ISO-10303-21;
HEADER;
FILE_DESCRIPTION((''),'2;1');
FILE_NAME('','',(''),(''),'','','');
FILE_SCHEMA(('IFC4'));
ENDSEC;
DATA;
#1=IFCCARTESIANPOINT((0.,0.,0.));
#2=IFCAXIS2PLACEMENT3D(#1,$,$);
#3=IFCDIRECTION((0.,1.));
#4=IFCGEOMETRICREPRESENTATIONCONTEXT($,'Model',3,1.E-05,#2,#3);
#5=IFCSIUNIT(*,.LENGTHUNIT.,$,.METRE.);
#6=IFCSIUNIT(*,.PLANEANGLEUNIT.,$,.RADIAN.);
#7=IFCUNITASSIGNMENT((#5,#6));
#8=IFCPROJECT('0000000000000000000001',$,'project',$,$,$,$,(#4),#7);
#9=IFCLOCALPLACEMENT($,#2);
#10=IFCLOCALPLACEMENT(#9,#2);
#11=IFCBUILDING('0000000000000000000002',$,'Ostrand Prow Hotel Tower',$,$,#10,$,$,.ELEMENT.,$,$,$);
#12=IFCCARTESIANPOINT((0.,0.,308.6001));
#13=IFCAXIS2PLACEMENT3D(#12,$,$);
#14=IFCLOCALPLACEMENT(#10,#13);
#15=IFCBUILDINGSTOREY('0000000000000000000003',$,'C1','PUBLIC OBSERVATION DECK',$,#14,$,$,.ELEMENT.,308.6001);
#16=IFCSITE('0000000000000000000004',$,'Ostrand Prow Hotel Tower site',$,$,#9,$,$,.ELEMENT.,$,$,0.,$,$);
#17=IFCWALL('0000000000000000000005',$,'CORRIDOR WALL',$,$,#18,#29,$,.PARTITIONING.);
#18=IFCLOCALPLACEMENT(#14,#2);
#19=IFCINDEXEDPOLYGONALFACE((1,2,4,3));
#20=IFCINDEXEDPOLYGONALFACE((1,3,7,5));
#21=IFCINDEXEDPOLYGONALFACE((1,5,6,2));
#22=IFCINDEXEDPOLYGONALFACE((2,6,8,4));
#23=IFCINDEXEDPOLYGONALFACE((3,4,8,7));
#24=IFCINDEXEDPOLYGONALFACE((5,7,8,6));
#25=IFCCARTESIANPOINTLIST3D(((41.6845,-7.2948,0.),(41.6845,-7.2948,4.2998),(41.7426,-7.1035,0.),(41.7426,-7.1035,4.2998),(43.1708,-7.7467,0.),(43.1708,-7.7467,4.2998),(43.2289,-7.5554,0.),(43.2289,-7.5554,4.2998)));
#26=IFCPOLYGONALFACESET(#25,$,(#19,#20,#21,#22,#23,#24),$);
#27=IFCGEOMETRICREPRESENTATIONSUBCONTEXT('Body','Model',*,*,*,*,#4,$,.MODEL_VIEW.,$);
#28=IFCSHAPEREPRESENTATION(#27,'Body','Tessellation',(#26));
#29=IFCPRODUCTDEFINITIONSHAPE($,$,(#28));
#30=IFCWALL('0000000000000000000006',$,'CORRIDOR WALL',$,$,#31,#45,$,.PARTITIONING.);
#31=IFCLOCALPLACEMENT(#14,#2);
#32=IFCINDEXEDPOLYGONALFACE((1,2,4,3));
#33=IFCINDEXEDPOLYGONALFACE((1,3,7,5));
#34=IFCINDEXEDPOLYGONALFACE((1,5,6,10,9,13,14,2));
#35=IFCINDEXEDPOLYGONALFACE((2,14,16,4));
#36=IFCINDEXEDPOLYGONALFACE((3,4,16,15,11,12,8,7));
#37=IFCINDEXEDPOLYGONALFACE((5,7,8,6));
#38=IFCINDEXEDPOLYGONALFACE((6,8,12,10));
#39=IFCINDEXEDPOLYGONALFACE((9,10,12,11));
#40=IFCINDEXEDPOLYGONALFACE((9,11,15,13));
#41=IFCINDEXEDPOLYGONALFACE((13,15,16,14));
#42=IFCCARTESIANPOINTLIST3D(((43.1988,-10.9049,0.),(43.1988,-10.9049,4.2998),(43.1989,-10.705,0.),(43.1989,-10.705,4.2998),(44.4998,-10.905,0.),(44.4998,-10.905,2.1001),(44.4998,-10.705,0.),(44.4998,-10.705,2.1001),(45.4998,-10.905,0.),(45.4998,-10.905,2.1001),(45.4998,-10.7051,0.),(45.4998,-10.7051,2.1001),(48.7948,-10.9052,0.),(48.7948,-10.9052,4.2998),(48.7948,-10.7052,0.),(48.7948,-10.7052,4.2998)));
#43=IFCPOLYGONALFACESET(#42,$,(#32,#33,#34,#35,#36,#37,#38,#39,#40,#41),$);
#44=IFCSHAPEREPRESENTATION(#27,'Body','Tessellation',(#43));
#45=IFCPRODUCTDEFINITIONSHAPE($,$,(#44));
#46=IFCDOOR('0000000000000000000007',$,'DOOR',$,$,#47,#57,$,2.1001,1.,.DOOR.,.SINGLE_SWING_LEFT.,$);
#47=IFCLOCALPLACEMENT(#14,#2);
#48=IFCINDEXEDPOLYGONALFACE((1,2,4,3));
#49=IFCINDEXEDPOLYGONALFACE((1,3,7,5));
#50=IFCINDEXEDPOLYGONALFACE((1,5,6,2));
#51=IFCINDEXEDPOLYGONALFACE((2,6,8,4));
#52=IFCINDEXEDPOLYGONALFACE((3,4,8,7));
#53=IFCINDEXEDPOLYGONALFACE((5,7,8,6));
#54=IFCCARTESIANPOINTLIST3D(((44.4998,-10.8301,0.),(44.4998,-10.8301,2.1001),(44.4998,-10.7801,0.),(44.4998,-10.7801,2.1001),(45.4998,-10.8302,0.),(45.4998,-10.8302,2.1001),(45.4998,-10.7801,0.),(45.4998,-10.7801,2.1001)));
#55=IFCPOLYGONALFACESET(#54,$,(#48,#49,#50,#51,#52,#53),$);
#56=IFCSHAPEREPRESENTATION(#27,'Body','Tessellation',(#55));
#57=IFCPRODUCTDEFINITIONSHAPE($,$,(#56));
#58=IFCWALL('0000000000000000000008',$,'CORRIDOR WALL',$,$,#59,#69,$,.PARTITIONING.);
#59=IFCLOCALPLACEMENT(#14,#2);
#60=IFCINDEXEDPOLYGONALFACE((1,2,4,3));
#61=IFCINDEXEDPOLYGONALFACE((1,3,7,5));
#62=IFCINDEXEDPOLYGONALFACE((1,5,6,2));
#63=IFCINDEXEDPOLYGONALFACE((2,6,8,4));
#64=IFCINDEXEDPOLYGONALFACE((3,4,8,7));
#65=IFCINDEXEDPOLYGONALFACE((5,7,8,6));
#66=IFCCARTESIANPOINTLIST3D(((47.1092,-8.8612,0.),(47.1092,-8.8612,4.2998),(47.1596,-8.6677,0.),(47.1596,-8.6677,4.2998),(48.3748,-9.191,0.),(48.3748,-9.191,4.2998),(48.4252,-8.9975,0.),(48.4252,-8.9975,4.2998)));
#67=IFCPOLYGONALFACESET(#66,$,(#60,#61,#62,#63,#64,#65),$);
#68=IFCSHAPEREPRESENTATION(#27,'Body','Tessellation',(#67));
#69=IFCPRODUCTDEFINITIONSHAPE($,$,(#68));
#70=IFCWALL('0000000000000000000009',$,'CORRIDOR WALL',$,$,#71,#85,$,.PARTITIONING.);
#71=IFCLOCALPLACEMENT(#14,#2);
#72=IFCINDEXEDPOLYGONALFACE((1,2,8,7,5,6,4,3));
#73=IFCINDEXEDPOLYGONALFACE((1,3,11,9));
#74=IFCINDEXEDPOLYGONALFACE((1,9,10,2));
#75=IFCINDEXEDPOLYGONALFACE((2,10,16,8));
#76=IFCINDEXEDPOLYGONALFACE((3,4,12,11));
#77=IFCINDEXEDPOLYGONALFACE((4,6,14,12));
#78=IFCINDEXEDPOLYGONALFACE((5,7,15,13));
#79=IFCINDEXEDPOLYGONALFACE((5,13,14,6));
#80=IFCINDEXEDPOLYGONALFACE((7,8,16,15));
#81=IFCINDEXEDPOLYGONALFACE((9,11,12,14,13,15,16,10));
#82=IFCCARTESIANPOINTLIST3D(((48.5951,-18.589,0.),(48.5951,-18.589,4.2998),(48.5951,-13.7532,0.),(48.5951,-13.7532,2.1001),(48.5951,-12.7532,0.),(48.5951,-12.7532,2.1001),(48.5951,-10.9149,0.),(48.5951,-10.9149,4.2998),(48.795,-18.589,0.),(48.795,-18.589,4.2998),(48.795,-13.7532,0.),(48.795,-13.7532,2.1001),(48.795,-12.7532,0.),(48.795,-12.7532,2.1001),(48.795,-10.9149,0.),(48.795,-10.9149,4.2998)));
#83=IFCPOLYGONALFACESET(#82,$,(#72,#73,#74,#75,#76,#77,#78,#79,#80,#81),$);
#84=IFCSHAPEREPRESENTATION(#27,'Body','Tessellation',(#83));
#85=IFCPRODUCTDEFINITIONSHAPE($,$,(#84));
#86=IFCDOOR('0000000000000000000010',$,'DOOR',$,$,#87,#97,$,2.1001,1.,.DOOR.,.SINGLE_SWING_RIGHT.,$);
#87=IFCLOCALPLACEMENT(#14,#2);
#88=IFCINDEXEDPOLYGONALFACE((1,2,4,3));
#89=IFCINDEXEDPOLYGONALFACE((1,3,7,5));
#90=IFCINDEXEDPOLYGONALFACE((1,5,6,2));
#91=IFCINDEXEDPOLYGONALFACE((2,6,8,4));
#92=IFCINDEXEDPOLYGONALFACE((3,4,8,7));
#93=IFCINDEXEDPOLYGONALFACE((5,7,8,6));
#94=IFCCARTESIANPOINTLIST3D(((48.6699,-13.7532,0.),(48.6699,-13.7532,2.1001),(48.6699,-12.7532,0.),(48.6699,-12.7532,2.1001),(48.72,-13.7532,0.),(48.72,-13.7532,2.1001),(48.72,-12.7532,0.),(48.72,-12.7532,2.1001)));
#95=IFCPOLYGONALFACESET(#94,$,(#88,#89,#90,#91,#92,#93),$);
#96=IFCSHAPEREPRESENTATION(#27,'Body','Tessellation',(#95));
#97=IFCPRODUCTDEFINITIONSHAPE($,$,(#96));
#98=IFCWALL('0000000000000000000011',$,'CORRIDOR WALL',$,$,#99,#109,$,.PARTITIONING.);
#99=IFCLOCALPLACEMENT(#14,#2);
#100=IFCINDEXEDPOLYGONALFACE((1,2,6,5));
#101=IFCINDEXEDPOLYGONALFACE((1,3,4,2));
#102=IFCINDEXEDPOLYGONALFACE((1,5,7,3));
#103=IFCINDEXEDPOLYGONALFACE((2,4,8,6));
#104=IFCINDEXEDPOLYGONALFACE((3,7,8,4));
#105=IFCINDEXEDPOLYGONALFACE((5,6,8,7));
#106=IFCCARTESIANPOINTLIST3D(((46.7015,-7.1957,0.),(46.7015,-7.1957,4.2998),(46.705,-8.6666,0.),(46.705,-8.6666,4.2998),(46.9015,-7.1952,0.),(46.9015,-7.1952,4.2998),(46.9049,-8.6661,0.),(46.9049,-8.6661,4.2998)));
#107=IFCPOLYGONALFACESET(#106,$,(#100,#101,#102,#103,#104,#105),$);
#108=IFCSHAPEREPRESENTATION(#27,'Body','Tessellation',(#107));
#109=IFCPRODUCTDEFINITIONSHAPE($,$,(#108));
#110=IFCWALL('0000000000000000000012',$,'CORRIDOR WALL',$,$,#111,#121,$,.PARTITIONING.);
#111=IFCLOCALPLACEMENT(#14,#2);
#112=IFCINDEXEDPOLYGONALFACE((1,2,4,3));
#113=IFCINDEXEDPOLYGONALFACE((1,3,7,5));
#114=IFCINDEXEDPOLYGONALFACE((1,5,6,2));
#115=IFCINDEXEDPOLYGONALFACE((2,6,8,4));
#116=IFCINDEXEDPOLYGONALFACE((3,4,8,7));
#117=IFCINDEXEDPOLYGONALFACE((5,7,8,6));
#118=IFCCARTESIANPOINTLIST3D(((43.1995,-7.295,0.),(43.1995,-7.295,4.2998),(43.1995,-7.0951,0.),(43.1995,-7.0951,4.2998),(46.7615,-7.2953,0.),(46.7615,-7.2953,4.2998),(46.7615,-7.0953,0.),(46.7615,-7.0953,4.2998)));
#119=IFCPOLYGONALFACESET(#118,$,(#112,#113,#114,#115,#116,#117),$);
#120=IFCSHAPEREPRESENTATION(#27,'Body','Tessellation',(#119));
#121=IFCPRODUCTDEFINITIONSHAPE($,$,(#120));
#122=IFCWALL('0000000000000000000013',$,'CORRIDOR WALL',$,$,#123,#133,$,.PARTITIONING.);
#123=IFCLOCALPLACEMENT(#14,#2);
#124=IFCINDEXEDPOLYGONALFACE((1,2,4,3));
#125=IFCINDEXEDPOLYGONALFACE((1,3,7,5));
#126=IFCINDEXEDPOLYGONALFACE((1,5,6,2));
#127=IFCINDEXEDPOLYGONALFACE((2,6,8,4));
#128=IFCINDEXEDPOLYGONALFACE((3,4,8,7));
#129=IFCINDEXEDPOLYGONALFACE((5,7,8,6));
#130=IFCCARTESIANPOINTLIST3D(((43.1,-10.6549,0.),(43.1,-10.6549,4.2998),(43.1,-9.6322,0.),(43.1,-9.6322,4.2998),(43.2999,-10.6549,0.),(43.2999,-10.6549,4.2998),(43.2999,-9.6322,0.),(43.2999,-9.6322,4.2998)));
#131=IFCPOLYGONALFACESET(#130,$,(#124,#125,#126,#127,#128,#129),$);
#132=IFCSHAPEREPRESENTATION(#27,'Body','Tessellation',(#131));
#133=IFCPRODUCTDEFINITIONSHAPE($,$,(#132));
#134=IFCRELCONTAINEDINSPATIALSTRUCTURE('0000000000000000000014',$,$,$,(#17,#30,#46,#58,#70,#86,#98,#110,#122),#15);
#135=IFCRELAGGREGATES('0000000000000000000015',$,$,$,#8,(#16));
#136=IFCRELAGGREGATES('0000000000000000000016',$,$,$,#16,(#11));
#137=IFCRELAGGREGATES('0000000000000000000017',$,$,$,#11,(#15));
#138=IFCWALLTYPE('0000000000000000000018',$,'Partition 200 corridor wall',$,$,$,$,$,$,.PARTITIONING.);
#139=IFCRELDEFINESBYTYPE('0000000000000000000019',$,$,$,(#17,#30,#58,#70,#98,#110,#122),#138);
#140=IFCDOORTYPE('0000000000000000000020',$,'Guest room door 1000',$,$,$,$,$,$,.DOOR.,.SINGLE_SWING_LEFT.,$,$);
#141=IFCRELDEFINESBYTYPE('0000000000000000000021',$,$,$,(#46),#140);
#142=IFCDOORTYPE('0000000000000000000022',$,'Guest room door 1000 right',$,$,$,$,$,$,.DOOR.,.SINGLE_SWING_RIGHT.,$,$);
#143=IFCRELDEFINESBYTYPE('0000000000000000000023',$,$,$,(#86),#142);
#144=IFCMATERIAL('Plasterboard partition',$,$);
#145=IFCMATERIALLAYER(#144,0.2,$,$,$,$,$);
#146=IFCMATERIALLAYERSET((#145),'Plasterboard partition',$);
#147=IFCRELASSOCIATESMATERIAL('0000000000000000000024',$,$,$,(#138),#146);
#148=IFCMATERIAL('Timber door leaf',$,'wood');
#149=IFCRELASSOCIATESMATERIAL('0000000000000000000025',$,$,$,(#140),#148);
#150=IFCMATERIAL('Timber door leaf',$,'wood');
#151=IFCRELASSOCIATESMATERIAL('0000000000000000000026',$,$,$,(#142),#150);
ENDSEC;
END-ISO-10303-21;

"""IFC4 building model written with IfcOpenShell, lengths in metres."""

from ifc_helpers import new_model, si_unit, direction, frame, frame_2d, origin, place, context, subcontext, project, spatial, rectangle, extrude, material, layer, layer_set, type_object, element, fill, save


model = new_model("IFC4")

# Units and contexts
model_context = context("Model", 3, precision=1e-05, world=origin(), true_north=direction((0.0, 1.0)))
body_context = subcontext(model_context, "Body", "Model", "MODEL_VIEW")
ifc_project = project(units=[si_unit("LENGTHUNIT", "METRE"), si_unit("PLANEANGLEUNIT", "RADIAN")], contexts=[model_context])

# Site, building, storey
site_placement = place(None, origin())
site = spatial("IfcSite", under=ifc_project, at=site_placement, Name="Ostrand Prow Hotel Tower site", CompositionType="ELEMENT", RefElevation=0.0)
building_placement = place(site_placement, origin())
building = spatial("IfcBuilding", under=site, at=building_placement, Name="Ostrand Prow Hotel Tower", CompositionType="ELEMENT")
storey_placement = place(building_placement, frame((0.0, 0.0, 308.6001)))
storey = spatial("IfcBuildingStorey", under=building, at=storey_placement, Name="C1", Description="PUBLIC OBSERVATION DECK", CompositionType="ELEMENT", Elevation=308.6001)

# Wall
ifc_material_1 = material(Name="Plasterboard partition")
ifc_layer_1 = layer(ifc_material_1, 0.2)
ifc_layer_set_1 = layer_set([ifc_layer_1], Name="Plasterboard partition")
wall_type_1 = type_object("IfcWallType", Name="Partition 200 corridor wall", PredefinedType="PARTITIONING", material=ifc_layer_set_1)
wall_1_placement = place(storey_placement, frame((43.2, -7.6511, 0.0), z_axis=(0.0, 0.0, 1.0), x_axis=(-0.956756, 0.290893, 0.0)))
element("IfcWall", 1, at=wall_1_placement, inside=storey, type_object=wall_type_1, Name="CORRIDOR WALL", PredefinedType="PARTITIONING", context=body_context, shape_type="SweptSolid", body=[
    extrude(rectangle(XDim=1.5535, YDim=0.2, at=frame_2d((0.7769, 0.0))), origin(), (0.0, 0.0, 1.0), 4.2998),
])

# Wall, opening, door
wall_2_placement = place(storey_placement, frame((43.199, -10.8049, 0.0), z_axis=(0.0, 0.0, 1.0), x_axis=(1.0, -0.000044, 0.0)))
wall_2 = element("IfcWall", 2, at=wall_2_placement, inside=storey, type_object=wall_type_1, Name="CORRIDOR WALL", PredefinedType="PARTITIONING", context=body_context, shape_type="SweptSolid", body=[
    extrude(rectangle(XDim=5.5959, YDim=0.2, at=frame_2d((2.7979, 0.0))), origin(), (0.0, 0.0, 1.0), 4.2998),
])
opening_1_placement = place(wall_2_placement, frame((1.3008, 0.0, 0.0)))
opening_1 = element("IfcOpeningElement", 3, at=opening_1_placement, cuts=wall_2, PredefinedType="OPENING", context=body_context, shape_type="SweptSolid", body=[
    extrude(rectangle(XDim=1.0, YDim=2.1001, at=frame_2d((0.5, 1.05))), frame((0.0, 0.1099, 0.0), z_axis=(0.0, -1.0, 0.0), x_axis=(1.0, 0.0, 0.0)), (0.0, 0.0, 1.0), 0.22),
])
ifc_material_2 = material(Name="Timber door leaf", Category="wood")
door_type_1 = type_object("IfcDoorType", Name="Guest room door 1000", OperationType="SINGLE_SWING_LEFT", PredefinedType="DOOR", material=ifc_material_2)
door_1_placement = place(opening_1_placement, origin())
door_1 = element("IfcDoor", 4, at=door_1_placement, inside=storey, type_object=door_type_1, Name="DOOR", OperationType="SINGLE_SWING_LEFT", OverallHeight=2.1001, OverallWidth=1.0, PredefinedType="DOOR", context=body_context, shape_type="SweptSolid", body=[
    extrude(rectangle(XDim=1.0, YDim=2.1001, at=frame_2d((0.5, 1.05))), frame((0.0, 0.0249, 0.0), z_axis=(0.0, -1.0, 0.0), x_axis=(1.0, 0.0, 0.0)), (0.0, 0.0, 1.0), 0.05),
])
fill(opening_1, door_1)

# Wall
wall_3_placement = place(storey_placement, frame((48.3999, -9.0942, 0.0), z_axis=(0.0, 0.0, 1.0), x_axis=(-0.967679, 0.252186, 0.0)))
element("IfcWall", 5, at=wall_3_placement, inside=storey, type_object=wall_type_1, Name="CORRIDOR WALL", PredefinedType="PARTITIONING", context=body_context, shape_type="SweptSolid", body=[
    extrude(rectangle(XDim=1.3079, YDim=0.2, at=frame_2d((0.6538, 0.0))), origin(), (0.0, 0.0, 1.0), 4.2998),
])

# Wall, opening, door
wall_4_placement = place(storey_placement, frame((48.6951, -10.915, 0.0), z_axis=(0.0, 0.0, 1.0), x_axis=(0.0, -1.0, 0.0)))
wall_4 = element("IfcWall", 6, at=wall_4_placement, inside=storey, type_object=wall_type_1, Name="CORRIDOR WALL", PredefinedType="PARTITIONING", context=body_context, shape_type="SweptSolid", body=[
    extrude(rectangle(XDim=7.6741, YDim=0.2, at=frame_2d((3.8369, 0.0))), origin(), (0.0, 0.0, 1.0), 4.2998),
])
opening_2_placement = place(wall_4_placement, frame((1.8381, 0.0, 0.0)))
opening_2 = element("IfcOpeningElement", 7, at=opening_2_placement, cuts=wall_4, PredefinedType="OPENING", context=body_context, shape_type="SweptSolid", body=[
    extrude(rectangle(XDim=1.0, YDim=2.1001, at=frame_2d((0.5, 1.05))), frame((0.0, 0.1099, 0.0), z_axis=(0.0, -1.0, 0.0), x_axis=(1.0, 0.0, 0.0)), (0.0, 0.0, 1.0), 0.22),
])
ifc_material_3 = material(Name="Timber door leaf", Category="wood")
door_type_2 = type_object("IfcDoorType", Name="Guest room door 1000 right", OperationType="SINGLE_SWING_RIGHT", PredefinedType="DOOR", material=ifc_material_3)
door_2_placement = place(opening_2_placement, origin())
door_2 = element("IfcDoor", 8, at=door_2_placement, inside=storey, type_object=door_type_2, Name="DOOR", OperationType="SINGLE_SWING_RIGHT", OverallHeight=2.1001, OverallWidth=1.0, PredefinedType="DOOR", context=body_context, shape_type="SweptSolid", body=[
    extrude(rectangle(XDim=1.0, YDim=2.1001, at=frame_2d((0.5, 1.05))), frame((0.0, 0.0249, 0.0), z_axis=(0.0, -1.0, 0.0), x_axis=(1.0, 0.0, 0.0)), (0.0, 0.0, 1.0), 0.05),
])
fill(opening_2, door_2)

# Walls
wall_5_placement = place(storey_placement, frame((46.8049, -8.6663, 0.0), z_axis=(0.0, 0.0, 1.0), x_axis=(-0.002324, 0.999997, 0.0)))
element("IfcWall", 9, at=wall_5_placement, inside=storey, type_object=wall_type_1, Name="CORRIDOR WALL", PredefinedType="PARTITIONING", context=body_context, shape_type="SweptSolid", body=[
    extrude(rectangle(XDim=1.4709, YDim=0.2, at=frame_2d((0.7354, 0.0))), origin(), (0.0, 0.0, 1.0), 4.2998),
])
wall_6_placement = place(storey_placement, frame((46.7615, -7.1953, 0.0), z_axis=(0.0, 0.0, 1.0), x_axis=(-1.0, 0.000069, 0.0)))
element("IfcWall", 10, at=wall_6_placement, inside=storey, type_object=wall_type_1, Name="CORRIDOR WALL", PredefinedType="PARTITIONING", context=body_context, shape_type="SweptSolid", body=[
    extrude(rectangle(XDim=3.562, YDim=0.2, at=frame_2d((1.781, 0.0))), origin(), (0.0, 0.0, 1.0), 4.2998),
])
wall_7_placement = place(storey_placement, frame((43.2, -10.6548, 0.0), z_axis=(0.0, 0.0, 1.0), x_axis=(0.0, 1.0, 0.0)))
element("IfcWall", 11, at=wall_7_placement, inside=storey, type_object=wall_type_1, Name="CORRIDOR WALL", PredefinedType="PARTITIONING", context=body_context, shape_type="SweptSolid", body=[
    extrude(rectangle(XDim=1.0227, YDim=0.2, at=frame_2d((0.5112, 0.0))), origin(), (0.0, 0.0, 1.0), 4.2998),
])

save(model, "model.ifc")
